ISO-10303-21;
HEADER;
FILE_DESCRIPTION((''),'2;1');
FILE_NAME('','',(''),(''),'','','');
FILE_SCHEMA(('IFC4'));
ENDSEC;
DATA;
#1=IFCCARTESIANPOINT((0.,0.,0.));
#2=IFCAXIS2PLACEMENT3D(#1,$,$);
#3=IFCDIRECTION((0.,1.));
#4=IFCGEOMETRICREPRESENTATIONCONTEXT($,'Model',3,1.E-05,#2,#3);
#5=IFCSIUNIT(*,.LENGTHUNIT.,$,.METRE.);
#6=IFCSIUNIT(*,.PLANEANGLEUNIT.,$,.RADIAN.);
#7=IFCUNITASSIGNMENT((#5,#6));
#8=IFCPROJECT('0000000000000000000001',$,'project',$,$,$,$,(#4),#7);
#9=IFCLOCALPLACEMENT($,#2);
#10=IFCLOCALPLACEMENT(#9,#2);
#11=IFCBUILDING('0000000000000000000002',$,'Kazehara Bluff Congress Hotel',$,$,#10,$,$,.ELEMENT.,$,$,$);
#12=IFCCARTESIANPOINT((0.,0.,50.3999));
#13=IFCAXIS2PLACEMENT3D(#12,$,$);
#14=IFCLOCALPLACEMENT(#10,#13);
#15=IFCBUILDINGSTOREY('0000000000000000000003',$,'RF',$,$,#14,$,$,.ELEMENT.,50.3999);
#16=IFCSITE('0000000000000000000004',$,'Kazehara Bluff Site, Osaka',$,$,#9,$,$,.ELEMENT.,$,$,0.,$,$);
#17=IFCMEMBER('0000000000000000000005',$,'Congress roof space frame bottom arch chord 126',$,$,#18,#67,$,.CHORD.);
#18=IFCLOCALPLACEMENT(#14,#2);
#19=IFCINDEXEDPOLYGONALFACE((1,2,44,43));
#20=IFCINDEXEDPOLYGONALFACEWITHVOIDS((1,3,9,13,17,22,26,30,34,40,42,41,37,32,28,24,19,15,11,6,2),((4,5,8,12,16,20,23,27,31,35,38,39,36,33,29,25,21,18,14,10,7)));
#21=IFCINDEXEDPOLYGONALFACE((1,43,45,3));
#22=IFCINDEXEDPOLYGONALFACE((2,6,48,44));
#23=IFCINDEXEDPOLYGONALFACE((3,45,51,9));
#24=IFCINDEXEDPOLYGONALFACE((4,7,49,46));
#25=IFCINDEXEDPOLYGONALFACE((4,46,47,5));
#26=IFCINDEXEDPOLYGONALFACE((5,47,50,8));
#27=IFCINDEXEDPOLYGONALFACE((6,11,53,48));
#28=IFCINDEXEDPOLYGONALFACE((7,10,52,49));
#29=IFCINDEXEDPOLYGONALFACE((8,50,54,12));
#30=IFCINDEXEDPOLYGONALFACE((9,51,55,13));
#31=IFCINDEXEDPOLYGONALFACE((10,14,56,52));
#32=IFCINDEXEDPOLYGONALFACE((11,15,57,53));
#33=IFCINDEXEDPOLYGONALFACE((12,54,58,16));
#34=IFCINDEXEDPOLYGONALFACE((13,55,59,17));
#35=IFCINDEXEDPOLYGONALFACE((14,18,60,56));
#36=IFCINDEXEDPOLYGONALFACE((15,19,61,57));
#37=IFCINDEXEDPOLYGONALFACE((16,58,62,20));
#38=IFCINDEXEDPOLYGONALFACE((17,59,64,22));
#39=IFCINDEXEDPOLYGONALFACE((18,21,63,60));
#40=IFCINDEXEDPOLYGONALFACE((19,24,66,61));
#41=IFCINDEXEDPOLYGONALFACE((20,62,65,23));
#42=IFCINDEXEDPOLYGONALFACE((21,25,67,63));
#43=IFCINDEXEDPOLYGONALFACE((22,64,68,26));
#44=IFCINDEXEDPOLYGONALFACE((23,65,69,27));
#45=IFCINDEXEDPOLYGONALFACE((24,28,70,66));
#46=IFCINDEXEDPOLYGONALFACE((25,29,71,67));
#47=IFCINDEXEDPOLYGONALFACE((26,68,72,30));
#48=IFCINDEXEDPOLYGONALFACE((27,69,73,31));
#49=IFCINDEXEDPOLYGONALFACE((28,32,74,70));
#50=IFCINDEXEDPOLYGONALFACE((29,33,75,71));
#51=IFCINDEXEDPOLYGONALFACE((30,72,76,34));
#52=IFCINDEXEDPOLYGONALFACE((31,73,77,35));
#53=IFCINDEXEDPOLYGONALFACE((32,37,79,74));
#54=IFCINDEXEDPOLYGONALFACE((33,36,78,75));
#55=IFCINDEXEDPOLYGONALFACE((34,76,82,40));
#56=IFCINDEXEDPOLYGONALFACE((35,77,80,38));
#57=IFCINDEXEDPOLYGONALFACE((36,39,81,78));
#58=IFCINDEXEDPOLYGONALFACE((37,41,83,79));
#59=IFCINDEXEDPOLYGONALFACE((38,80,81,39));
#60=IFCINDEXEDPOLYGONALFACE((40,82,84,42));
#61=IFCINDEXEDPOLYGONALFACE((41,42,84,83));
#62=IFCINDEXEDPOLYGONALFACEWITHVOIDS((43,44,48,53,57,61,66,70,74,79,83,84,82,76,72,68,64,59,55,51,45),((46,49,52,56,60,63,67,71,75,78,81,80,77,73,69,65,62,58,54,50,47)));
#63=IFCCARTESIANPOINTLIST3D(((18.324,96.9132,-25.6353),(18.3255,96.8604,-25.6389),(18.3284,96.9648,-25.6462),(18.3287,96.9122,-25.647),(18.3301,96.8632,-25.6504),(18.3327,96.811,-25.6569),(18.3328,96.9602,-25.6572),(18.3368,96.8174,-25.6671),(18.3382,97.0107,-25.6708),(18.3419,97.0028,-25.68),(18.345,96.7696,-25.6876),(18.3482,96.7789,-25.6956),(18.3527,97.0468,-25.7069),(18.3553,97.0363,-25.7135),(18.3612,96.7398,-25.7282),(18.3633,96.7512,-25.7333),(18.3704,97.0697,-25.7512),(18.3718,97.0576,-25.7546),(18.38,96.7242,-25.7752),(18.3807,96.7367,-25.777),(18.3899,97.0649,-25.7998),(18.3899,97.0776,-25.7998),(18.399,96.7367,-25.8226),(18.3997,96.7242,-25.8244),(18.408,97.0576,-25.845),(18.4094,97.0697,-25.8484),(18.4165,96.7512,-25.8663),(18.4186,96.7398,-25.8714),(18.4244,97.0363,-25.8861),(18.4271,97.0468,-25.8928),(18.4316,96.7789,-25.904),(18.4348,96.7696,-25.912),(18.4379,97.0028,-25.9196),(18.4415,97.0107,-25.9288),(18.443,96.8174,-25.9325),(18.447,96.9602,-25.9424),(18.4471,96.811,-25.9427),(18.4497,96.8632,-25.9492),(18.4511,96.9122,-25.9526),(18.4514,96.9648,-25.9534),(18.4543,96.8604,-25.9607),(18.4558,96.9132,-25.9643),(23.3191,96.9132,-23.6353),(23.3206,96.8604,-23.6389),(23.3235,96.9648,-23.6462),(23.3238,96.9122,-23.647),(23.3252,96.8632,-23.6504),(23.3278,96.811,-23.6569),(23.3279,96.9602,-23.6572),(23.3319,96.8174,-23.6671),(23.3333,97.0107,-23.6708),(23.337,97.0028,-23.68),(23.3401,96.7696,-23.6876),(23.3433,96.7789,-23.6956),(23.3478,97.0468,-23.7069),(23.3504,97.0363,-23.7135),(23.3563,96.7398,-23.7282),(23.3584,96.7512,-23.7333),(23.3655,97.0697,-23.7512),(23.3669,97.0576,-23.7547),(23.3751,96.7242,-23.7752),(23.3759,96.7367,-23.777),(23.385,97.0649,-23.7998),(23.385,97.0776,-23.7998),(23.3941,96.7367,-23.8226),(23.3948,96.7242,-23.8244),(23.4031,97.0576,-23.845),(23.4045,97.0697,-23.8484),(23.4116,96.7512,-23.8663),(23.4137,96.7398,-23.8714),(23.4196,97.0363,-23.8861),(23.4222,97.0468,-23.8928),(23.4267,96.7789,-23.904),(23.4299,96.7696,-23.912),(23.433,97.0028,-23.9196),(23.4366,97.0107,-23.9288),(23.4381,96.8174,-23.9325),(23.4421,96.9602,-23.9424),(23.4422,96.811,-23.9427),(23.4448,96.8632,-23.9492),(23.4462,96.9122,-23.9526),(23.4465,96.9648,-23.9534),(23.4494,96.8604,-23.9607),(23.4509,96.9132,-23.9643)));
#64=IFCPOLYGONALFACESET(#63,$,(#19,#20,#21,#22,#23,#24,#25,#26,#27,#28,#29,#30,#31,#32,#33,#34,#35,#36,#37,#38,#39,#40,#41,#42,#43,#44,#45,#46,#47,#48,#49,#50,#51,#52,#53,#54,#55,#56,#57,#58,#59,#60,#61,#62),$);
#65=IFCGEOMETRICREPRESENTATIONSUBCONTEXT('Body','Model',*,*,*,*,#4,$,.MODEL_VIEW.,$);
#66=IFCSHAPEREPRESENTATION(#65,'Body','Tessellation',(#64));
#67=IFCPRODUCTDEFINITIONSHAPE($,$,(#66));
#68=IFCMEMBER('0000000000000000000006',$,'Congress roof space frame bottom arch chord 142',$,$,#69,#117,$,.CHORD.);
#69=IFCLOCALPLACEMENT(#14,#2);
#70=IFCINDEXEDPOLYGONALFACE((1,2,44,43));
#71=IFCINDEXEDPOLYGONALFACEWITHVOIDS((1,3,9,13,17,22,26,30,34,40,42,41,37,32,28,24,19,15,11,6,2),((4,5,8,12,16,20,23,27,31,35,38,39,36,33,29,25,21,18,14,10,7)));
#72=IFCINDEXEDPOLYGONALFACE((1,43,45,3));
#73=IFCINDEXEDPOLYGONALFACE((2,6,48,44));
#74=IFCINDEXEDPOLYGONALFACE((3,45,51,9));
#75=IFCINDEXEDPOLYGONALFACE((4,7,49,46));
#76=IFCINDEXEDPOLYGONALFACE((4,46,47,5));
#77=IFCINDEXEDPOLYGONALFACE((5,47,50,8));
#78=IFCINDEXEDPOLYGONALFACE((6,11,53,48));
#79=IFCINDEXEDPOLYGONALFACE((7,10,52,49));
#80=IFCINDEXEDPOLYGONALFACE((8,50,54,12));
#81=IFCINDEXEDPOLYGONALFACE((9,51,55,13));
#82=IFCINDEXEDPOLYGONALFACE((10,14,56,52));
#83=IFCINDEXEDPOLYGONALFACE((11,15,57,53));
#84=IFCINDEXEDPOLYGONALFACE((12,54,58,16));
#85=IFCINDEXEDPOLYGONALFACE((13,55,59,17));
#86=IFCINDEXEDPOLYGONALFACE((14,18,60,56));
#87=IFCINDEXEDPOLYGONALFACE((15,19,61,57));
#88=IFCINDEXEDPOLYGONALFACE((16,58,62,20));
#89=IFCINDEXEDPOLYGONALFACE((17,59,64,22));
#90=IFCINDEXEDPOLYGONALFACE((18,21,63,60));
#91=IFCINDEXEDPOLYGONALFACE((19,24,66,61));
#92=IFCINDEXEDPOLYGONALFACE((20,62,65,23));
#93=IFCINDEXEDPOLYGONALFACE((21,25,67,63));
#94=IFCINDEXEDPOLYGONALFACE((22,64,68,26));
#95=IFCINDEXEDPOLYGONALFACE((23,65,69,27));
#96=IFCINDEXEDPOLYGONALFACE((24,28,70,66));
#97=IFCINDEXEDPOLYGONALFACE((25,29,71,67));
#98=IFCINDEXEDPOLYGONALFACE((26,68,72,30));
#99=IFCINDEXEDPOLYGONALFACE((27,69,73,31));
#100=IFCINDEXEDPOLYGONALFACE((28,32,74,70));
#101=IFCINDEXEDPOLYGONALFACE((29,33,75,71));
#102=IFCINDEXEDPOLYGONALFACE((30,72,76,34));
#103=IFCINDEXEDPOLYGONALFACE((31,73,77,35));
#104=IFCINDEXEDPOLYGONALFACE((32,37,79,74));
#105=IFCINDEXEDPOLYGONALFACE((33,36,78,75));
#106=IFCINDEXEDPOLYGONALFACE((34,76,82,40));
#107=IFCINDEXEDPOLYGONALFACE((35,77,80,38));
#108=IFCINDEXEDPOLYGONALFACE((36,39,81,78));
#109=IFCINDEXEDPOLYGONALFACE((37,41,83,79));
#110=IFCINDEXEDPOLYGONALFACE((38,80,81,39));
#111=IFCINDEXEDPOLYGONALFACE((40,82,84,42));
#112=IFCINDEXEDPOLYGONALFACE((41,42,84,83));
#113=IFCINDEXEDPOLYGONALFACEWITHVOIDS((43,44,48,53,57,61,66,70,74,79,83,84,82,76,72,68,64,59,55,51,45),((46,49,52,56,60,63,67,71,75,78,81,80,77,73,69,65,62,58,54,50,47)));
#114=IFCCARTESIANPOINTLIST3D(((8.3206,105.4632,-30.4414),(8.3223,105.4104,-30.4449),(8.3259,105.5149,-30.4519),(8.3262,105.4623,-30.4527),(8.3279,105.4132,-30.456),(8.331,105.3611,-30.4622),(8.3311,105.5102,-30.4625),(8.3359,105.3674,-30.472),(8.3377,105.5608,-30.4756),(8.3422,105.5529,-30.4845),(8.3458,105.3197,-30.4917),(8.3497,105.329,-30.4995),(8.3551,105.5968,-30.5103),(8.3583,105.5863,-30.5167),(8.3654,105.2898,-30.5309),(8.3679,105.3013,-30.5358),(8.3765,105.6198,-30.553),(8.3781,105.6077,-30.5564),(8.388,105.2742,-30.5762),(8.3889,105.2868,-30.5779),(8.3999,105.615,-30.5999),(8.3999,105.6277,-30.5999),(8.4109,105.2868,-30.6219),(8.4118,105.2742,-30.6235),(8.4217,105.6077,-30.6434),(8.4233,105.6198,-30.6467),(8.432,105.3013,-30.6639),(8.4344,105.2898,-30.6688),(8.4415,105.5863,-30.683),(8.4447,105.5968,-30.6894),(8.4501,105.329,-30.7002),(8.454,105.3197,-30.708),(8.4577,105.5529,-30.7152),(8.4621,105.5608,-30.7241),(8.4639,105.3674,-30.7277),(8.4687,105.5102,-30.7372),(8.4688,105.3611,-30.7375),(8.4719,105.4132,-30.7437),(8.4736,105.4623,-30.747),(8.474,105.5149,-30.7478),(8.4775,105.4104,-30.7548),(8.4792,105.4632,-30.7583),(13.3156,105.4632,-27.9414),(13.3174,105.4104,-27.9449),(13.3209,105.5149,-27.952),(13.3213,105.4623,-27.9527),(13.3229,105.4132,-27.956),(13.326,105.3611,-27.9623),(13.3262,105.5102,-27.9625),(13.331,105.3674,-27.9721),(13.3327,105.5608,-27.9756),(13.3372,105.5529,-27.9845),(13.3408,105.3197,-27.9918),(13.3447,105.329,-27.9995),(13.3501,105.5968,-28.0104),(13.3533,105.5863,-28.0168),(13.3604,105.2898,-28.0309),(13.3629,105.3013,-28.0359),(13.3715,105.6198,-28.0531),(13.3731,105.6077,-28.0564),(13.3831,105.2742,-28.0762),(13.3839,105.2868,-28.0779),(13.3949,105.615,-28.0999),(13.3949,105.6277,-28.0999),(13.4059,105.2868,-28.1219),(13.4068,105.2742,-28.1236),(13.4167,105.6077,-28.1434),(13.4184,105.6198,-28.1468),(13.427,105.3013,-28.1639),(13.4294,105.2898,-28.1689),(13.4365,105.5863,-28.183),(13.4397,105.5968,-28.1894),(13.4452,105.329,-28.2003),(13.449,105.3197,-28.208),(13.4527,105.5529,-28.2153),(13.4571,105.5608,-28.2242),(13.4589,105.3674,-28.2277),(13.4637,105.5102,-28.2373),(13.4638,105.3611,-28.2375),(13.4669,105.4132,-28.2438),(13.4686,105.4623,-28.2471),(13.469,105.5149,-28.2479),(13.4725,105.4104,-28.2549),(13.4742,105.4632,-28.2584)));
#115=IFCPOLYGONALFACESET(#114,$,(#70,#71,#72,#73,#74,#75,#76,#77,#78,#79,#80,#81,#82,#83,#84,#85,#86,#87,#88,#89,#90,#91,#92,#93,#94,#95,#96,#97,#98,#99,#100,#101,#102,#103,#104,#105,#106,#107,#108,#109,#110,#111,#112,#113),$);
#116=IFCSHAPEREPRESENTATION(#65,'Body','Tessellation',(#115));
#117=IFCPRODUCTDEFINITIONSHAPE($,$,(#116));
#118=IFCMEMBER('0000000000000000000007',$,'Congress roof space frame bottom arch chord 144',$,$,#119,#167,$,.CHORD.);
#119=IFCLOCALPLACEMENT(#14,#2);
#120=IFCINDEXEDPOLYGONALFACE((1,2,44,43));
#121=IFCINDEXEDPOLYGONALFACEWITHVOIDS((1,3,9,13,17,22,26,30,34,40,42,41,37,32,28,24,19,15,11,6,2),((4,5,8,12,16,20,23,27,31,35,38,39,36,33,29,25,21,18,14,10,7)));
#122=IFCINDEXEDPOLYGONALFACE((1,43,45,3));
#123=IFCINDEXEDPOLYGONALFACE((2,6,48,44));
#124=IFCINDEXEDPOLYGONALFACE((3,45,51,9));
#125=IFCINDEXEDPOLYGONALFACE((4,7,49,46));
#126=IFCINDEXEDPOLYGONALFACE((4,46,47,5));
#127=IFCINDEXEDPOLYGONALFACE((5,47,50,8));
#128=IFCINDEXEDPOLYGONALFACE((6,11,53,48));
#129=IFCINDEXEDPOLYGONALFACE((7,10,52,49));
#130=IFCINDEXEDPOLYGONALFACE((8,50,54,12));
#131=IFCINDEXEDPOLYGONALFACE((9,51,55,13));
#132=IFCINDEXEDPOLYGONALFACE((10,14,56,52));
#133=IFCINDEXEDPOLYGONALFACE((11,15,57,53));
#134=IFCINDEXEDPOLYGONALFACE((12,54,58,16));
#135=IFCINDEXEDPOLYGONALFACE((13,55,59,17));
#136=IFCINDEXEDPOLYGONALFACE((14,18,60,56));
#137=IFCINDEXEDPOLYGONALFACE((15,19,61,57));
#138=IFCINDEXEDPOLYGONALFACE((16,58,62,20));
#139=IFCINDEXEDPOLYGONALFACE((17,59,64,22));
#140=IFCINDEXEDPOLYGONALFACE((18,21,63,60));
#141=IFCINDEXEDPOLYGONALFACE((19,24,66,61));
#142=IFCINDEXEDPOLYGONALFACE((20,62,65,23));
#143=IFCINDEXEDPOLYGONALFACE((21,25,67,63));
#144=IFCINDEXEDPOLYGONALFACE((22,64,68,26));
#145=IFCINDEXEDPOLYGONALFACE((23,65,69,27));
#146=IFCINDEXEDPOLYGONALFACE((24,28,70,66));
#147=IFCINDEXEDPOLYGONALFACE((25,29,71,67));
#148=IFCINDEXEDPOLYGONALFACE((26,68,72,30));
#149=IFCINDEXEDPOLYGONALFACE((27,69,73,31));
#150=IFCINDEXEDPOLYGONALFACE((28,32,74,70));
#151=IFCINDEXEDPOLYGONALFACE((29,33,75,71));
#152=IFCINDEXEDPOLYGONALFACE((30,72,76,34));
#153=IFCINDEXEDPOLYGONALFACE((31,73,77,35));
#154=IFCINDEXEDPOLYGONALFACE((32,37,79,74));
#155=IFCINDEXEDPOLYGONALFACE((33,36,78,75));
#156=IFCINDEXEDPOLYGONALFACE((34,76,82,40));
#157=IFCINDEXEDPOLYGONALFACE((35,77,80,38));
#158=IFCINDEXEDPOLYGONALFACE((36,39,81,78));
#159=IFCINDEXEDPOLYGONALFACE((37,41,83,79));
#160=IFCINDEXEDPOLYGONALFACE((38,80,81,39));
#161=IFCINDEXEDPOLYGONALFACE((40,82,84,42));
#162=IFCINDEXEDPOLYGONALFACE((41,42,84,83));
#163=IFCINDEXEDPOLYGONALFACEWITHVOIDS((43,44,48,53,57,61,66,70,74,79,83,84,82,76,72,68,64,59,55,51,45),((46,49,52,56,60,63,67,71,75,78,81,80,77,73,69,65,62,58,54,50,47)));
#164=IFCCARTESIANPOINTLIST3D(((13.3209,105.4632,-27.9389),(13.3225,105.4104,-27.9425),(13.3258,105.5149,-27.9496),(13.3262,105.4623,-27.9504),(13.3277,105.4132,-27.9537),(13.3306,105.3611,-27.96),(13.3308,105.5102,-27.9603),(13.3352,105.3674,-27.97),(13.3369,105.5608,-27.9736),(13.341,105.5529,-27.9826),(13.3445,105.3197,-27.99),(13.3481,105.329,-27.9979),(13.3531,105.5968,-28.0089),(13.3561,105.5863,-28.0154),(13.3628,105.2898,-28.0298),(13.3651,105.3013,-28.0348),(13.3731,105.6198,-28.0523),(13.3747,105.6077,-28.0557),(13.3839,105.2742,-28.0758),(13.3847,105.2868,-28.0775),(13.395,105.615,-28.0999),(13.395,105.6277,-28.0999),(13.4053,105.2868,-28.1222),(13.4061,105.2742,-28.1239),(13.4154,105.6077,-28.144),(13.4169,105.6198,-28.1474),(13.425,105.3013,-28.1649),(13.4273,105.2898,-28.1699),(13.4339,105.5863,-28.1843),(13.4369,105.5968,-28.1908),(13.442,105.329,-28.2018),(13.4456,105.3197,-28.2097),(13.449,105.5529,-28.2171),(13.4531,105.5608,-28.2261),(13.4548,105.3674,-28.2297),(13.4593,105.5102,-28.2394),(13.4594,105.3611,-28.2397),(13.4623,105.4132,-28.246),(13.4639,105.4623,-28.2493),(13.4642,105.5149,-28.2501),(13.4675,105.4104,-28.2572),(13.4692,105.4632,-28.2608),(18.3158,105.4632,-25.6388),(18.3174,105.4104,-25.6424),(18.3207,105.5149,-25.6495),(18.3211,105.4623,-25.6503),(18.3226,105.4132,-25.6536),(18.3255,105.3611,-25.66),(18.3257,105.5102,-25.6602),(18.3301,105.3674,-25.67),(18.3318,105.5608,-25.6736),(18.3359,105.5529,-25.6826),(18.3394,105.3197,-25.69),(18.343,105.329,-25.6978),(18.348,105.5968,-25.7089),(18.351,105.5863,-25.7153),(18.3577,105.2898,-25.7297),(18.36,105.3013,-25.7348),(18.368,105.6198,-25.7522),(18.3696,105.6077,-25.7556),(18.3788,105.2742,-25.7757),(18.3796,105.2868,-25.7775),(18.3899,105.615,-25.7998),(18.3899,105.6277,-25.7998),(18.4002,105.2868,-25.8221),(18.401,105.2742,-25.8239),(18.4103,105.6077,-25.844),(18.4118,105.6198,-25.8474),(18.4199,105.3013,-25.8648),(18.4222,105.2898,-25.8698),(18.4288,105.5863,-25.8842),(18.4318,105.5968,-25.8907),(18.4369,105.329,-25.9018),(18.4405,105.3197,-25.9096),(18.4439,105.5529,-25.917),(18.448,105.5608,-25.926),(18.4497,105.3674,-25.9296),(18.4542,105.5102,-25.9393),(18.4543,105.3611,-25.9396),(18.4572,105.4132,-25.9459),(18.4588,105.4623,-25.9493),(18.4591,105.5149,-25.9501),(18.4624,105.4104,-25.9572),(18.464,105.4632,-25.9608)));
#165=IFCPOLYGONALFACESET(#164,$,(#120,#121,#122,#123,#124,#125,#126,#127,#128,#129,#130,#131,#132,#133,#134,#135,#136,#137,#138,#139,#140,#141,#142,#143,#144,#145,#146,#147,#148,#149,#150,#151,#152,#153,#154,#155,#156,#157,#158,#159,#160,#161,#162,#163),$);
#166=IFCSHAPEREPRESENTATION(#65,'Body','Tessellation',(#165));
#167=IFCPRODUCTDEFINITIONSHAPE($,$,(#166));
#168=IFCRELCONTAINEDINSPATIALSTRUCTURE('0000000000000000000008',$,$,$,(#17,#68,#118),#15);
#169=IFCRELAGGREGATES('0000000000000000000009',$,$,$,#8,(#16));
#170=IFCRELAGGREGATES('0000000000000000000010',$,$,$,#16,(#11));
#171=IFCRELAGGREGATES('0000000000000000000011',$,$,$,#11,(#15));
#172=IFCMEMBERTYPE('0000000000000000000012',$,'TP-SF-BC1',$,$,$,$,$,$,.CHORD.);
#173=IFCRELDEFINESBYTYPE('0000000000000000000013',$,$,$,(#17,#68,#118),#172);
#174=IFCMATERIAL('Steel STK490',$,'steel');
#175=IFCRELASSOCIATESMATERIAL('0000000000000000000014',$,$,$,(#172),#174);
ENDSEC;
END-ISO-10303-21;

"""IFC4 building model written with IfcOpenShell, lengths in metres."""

from ifc_helpers import new_model, si_unit, direction, frame, origin, origin_2d, place, context, subcontext, project, spatial, hollow_circle, extrude, material, material_profile, profile_set, type_object, element, save


model = new_model("IFC4")

# Units and contexts
model_context = context("Model", 3, precision=1e-05, world=origin(), true_north=direction((0.0, 1.0)))
body_context = subcontext(model_context, "Body", "Model", "MODEL_VIEW")
ifc_project = project(units=[si_unit("LENGTHUNIT", "METRE"), si_unit("PLANEANGLEUNIT", "RADIAN")], contexts=[model_context])

# Site, building, storey
site_placement = place(None, origin())
site = spatial("IfcSite", under=ifc_project, at=site_placement, Name="Kazehara Bluff Site, Osaka", CompositionType="ELEMENT", RefElevation=0.0)
building_placement = place(site_placement, origin())
building = spatial("IfcBuilding", under=site, at=building_placement, Name="Kazehara Bluff Congress Hotel", CompositionType="ELEMENT")
storey_placement = place(building_placement, frame((0.0, 0.0, 50.3999)))
storey = spatial("IfcBuildingStorey", under=building, at=storey_placement, Name="RF", CompositionType="ELEMENT", Elevation=50.3999)

# Members
ifc_material_1 = material(Name="Steel STK490", Category="steel")
ifc_material_profile_1 = material_profile(ifc_material_1, hollow_circle(Radius=0.1777, WallThickness=0.0127, at=origin_2d()))
ifc_profile_set_1 = profile_set([ifc_material_profile_1], Name="Steel STK490")
member_type_1 = type_object("IfcMemberType", Name="TP-SF-BC1", PredefinedType="CHORD", material=ifc_profile_set_1)
member_1_placement = place(storey_placement, frame((18.3899, 96.8999, -25.7998), z_axis=(0.928351, 0.0, 0.371704), x_axis=(0.0, 1.0, 0.0)))
element("IfcMember", 1, at=member_1_placement, inside=storey, type_object=member_type_1, Name="Congress roof space frame bottom arch chord 126", PredefinedType="CHORD", context=body_context, shape_type="SweptSolid", body=[
    extrude(hollow_circle(Radius=0.1777, WallThickness=0.0127, at=origin_2d()), origin(), (0.0, 0.0, 1.0), 5.3806),
])
member_2_placement = place(storey_placement, frame((8.3999, 105.45, -30.5999), z_axis=(0.894252, 0.0, 0.447563), x_axis=(0.0, 1.0, 0.0)))
element("IfcMember", 2, at=member_2_placement, inside=storey, type_object=member_type_1, Name="Congress roof space frame bottom arch chord 142", PredefinedType="CHORD", context=body_context, shape_type="SweptSolid", body=[
    extrude(hollow_circle(Radius=0.1777, WallThickness=0.0127, at=origin_2d()), origin(), (0.0, 0.0, 1.0), 5.5857),
])
member_3_placement = place(storey_placement, frame((13.395, 105.45, -28.0999), z_axis=(0.908324, 0.0, 0.418267), x_axis=(0.0, 1.0, 0.0)))
element("IfcMember", 3, at=member_3_placement, inside=storey, type_object=member_type_1, Name="Congress roof space frame bottom arch chord 144", PredefinedType="CHORD", context=body_context, shape_type="SweptSolid", body=[
    extrude(hollow_circle(Radius=0.1777, WallThickness=0.0127, at=origin_2d()), origin(), (0.0, 0.0, 1.0), 5.499),
])

save(model, "model.ifc")
